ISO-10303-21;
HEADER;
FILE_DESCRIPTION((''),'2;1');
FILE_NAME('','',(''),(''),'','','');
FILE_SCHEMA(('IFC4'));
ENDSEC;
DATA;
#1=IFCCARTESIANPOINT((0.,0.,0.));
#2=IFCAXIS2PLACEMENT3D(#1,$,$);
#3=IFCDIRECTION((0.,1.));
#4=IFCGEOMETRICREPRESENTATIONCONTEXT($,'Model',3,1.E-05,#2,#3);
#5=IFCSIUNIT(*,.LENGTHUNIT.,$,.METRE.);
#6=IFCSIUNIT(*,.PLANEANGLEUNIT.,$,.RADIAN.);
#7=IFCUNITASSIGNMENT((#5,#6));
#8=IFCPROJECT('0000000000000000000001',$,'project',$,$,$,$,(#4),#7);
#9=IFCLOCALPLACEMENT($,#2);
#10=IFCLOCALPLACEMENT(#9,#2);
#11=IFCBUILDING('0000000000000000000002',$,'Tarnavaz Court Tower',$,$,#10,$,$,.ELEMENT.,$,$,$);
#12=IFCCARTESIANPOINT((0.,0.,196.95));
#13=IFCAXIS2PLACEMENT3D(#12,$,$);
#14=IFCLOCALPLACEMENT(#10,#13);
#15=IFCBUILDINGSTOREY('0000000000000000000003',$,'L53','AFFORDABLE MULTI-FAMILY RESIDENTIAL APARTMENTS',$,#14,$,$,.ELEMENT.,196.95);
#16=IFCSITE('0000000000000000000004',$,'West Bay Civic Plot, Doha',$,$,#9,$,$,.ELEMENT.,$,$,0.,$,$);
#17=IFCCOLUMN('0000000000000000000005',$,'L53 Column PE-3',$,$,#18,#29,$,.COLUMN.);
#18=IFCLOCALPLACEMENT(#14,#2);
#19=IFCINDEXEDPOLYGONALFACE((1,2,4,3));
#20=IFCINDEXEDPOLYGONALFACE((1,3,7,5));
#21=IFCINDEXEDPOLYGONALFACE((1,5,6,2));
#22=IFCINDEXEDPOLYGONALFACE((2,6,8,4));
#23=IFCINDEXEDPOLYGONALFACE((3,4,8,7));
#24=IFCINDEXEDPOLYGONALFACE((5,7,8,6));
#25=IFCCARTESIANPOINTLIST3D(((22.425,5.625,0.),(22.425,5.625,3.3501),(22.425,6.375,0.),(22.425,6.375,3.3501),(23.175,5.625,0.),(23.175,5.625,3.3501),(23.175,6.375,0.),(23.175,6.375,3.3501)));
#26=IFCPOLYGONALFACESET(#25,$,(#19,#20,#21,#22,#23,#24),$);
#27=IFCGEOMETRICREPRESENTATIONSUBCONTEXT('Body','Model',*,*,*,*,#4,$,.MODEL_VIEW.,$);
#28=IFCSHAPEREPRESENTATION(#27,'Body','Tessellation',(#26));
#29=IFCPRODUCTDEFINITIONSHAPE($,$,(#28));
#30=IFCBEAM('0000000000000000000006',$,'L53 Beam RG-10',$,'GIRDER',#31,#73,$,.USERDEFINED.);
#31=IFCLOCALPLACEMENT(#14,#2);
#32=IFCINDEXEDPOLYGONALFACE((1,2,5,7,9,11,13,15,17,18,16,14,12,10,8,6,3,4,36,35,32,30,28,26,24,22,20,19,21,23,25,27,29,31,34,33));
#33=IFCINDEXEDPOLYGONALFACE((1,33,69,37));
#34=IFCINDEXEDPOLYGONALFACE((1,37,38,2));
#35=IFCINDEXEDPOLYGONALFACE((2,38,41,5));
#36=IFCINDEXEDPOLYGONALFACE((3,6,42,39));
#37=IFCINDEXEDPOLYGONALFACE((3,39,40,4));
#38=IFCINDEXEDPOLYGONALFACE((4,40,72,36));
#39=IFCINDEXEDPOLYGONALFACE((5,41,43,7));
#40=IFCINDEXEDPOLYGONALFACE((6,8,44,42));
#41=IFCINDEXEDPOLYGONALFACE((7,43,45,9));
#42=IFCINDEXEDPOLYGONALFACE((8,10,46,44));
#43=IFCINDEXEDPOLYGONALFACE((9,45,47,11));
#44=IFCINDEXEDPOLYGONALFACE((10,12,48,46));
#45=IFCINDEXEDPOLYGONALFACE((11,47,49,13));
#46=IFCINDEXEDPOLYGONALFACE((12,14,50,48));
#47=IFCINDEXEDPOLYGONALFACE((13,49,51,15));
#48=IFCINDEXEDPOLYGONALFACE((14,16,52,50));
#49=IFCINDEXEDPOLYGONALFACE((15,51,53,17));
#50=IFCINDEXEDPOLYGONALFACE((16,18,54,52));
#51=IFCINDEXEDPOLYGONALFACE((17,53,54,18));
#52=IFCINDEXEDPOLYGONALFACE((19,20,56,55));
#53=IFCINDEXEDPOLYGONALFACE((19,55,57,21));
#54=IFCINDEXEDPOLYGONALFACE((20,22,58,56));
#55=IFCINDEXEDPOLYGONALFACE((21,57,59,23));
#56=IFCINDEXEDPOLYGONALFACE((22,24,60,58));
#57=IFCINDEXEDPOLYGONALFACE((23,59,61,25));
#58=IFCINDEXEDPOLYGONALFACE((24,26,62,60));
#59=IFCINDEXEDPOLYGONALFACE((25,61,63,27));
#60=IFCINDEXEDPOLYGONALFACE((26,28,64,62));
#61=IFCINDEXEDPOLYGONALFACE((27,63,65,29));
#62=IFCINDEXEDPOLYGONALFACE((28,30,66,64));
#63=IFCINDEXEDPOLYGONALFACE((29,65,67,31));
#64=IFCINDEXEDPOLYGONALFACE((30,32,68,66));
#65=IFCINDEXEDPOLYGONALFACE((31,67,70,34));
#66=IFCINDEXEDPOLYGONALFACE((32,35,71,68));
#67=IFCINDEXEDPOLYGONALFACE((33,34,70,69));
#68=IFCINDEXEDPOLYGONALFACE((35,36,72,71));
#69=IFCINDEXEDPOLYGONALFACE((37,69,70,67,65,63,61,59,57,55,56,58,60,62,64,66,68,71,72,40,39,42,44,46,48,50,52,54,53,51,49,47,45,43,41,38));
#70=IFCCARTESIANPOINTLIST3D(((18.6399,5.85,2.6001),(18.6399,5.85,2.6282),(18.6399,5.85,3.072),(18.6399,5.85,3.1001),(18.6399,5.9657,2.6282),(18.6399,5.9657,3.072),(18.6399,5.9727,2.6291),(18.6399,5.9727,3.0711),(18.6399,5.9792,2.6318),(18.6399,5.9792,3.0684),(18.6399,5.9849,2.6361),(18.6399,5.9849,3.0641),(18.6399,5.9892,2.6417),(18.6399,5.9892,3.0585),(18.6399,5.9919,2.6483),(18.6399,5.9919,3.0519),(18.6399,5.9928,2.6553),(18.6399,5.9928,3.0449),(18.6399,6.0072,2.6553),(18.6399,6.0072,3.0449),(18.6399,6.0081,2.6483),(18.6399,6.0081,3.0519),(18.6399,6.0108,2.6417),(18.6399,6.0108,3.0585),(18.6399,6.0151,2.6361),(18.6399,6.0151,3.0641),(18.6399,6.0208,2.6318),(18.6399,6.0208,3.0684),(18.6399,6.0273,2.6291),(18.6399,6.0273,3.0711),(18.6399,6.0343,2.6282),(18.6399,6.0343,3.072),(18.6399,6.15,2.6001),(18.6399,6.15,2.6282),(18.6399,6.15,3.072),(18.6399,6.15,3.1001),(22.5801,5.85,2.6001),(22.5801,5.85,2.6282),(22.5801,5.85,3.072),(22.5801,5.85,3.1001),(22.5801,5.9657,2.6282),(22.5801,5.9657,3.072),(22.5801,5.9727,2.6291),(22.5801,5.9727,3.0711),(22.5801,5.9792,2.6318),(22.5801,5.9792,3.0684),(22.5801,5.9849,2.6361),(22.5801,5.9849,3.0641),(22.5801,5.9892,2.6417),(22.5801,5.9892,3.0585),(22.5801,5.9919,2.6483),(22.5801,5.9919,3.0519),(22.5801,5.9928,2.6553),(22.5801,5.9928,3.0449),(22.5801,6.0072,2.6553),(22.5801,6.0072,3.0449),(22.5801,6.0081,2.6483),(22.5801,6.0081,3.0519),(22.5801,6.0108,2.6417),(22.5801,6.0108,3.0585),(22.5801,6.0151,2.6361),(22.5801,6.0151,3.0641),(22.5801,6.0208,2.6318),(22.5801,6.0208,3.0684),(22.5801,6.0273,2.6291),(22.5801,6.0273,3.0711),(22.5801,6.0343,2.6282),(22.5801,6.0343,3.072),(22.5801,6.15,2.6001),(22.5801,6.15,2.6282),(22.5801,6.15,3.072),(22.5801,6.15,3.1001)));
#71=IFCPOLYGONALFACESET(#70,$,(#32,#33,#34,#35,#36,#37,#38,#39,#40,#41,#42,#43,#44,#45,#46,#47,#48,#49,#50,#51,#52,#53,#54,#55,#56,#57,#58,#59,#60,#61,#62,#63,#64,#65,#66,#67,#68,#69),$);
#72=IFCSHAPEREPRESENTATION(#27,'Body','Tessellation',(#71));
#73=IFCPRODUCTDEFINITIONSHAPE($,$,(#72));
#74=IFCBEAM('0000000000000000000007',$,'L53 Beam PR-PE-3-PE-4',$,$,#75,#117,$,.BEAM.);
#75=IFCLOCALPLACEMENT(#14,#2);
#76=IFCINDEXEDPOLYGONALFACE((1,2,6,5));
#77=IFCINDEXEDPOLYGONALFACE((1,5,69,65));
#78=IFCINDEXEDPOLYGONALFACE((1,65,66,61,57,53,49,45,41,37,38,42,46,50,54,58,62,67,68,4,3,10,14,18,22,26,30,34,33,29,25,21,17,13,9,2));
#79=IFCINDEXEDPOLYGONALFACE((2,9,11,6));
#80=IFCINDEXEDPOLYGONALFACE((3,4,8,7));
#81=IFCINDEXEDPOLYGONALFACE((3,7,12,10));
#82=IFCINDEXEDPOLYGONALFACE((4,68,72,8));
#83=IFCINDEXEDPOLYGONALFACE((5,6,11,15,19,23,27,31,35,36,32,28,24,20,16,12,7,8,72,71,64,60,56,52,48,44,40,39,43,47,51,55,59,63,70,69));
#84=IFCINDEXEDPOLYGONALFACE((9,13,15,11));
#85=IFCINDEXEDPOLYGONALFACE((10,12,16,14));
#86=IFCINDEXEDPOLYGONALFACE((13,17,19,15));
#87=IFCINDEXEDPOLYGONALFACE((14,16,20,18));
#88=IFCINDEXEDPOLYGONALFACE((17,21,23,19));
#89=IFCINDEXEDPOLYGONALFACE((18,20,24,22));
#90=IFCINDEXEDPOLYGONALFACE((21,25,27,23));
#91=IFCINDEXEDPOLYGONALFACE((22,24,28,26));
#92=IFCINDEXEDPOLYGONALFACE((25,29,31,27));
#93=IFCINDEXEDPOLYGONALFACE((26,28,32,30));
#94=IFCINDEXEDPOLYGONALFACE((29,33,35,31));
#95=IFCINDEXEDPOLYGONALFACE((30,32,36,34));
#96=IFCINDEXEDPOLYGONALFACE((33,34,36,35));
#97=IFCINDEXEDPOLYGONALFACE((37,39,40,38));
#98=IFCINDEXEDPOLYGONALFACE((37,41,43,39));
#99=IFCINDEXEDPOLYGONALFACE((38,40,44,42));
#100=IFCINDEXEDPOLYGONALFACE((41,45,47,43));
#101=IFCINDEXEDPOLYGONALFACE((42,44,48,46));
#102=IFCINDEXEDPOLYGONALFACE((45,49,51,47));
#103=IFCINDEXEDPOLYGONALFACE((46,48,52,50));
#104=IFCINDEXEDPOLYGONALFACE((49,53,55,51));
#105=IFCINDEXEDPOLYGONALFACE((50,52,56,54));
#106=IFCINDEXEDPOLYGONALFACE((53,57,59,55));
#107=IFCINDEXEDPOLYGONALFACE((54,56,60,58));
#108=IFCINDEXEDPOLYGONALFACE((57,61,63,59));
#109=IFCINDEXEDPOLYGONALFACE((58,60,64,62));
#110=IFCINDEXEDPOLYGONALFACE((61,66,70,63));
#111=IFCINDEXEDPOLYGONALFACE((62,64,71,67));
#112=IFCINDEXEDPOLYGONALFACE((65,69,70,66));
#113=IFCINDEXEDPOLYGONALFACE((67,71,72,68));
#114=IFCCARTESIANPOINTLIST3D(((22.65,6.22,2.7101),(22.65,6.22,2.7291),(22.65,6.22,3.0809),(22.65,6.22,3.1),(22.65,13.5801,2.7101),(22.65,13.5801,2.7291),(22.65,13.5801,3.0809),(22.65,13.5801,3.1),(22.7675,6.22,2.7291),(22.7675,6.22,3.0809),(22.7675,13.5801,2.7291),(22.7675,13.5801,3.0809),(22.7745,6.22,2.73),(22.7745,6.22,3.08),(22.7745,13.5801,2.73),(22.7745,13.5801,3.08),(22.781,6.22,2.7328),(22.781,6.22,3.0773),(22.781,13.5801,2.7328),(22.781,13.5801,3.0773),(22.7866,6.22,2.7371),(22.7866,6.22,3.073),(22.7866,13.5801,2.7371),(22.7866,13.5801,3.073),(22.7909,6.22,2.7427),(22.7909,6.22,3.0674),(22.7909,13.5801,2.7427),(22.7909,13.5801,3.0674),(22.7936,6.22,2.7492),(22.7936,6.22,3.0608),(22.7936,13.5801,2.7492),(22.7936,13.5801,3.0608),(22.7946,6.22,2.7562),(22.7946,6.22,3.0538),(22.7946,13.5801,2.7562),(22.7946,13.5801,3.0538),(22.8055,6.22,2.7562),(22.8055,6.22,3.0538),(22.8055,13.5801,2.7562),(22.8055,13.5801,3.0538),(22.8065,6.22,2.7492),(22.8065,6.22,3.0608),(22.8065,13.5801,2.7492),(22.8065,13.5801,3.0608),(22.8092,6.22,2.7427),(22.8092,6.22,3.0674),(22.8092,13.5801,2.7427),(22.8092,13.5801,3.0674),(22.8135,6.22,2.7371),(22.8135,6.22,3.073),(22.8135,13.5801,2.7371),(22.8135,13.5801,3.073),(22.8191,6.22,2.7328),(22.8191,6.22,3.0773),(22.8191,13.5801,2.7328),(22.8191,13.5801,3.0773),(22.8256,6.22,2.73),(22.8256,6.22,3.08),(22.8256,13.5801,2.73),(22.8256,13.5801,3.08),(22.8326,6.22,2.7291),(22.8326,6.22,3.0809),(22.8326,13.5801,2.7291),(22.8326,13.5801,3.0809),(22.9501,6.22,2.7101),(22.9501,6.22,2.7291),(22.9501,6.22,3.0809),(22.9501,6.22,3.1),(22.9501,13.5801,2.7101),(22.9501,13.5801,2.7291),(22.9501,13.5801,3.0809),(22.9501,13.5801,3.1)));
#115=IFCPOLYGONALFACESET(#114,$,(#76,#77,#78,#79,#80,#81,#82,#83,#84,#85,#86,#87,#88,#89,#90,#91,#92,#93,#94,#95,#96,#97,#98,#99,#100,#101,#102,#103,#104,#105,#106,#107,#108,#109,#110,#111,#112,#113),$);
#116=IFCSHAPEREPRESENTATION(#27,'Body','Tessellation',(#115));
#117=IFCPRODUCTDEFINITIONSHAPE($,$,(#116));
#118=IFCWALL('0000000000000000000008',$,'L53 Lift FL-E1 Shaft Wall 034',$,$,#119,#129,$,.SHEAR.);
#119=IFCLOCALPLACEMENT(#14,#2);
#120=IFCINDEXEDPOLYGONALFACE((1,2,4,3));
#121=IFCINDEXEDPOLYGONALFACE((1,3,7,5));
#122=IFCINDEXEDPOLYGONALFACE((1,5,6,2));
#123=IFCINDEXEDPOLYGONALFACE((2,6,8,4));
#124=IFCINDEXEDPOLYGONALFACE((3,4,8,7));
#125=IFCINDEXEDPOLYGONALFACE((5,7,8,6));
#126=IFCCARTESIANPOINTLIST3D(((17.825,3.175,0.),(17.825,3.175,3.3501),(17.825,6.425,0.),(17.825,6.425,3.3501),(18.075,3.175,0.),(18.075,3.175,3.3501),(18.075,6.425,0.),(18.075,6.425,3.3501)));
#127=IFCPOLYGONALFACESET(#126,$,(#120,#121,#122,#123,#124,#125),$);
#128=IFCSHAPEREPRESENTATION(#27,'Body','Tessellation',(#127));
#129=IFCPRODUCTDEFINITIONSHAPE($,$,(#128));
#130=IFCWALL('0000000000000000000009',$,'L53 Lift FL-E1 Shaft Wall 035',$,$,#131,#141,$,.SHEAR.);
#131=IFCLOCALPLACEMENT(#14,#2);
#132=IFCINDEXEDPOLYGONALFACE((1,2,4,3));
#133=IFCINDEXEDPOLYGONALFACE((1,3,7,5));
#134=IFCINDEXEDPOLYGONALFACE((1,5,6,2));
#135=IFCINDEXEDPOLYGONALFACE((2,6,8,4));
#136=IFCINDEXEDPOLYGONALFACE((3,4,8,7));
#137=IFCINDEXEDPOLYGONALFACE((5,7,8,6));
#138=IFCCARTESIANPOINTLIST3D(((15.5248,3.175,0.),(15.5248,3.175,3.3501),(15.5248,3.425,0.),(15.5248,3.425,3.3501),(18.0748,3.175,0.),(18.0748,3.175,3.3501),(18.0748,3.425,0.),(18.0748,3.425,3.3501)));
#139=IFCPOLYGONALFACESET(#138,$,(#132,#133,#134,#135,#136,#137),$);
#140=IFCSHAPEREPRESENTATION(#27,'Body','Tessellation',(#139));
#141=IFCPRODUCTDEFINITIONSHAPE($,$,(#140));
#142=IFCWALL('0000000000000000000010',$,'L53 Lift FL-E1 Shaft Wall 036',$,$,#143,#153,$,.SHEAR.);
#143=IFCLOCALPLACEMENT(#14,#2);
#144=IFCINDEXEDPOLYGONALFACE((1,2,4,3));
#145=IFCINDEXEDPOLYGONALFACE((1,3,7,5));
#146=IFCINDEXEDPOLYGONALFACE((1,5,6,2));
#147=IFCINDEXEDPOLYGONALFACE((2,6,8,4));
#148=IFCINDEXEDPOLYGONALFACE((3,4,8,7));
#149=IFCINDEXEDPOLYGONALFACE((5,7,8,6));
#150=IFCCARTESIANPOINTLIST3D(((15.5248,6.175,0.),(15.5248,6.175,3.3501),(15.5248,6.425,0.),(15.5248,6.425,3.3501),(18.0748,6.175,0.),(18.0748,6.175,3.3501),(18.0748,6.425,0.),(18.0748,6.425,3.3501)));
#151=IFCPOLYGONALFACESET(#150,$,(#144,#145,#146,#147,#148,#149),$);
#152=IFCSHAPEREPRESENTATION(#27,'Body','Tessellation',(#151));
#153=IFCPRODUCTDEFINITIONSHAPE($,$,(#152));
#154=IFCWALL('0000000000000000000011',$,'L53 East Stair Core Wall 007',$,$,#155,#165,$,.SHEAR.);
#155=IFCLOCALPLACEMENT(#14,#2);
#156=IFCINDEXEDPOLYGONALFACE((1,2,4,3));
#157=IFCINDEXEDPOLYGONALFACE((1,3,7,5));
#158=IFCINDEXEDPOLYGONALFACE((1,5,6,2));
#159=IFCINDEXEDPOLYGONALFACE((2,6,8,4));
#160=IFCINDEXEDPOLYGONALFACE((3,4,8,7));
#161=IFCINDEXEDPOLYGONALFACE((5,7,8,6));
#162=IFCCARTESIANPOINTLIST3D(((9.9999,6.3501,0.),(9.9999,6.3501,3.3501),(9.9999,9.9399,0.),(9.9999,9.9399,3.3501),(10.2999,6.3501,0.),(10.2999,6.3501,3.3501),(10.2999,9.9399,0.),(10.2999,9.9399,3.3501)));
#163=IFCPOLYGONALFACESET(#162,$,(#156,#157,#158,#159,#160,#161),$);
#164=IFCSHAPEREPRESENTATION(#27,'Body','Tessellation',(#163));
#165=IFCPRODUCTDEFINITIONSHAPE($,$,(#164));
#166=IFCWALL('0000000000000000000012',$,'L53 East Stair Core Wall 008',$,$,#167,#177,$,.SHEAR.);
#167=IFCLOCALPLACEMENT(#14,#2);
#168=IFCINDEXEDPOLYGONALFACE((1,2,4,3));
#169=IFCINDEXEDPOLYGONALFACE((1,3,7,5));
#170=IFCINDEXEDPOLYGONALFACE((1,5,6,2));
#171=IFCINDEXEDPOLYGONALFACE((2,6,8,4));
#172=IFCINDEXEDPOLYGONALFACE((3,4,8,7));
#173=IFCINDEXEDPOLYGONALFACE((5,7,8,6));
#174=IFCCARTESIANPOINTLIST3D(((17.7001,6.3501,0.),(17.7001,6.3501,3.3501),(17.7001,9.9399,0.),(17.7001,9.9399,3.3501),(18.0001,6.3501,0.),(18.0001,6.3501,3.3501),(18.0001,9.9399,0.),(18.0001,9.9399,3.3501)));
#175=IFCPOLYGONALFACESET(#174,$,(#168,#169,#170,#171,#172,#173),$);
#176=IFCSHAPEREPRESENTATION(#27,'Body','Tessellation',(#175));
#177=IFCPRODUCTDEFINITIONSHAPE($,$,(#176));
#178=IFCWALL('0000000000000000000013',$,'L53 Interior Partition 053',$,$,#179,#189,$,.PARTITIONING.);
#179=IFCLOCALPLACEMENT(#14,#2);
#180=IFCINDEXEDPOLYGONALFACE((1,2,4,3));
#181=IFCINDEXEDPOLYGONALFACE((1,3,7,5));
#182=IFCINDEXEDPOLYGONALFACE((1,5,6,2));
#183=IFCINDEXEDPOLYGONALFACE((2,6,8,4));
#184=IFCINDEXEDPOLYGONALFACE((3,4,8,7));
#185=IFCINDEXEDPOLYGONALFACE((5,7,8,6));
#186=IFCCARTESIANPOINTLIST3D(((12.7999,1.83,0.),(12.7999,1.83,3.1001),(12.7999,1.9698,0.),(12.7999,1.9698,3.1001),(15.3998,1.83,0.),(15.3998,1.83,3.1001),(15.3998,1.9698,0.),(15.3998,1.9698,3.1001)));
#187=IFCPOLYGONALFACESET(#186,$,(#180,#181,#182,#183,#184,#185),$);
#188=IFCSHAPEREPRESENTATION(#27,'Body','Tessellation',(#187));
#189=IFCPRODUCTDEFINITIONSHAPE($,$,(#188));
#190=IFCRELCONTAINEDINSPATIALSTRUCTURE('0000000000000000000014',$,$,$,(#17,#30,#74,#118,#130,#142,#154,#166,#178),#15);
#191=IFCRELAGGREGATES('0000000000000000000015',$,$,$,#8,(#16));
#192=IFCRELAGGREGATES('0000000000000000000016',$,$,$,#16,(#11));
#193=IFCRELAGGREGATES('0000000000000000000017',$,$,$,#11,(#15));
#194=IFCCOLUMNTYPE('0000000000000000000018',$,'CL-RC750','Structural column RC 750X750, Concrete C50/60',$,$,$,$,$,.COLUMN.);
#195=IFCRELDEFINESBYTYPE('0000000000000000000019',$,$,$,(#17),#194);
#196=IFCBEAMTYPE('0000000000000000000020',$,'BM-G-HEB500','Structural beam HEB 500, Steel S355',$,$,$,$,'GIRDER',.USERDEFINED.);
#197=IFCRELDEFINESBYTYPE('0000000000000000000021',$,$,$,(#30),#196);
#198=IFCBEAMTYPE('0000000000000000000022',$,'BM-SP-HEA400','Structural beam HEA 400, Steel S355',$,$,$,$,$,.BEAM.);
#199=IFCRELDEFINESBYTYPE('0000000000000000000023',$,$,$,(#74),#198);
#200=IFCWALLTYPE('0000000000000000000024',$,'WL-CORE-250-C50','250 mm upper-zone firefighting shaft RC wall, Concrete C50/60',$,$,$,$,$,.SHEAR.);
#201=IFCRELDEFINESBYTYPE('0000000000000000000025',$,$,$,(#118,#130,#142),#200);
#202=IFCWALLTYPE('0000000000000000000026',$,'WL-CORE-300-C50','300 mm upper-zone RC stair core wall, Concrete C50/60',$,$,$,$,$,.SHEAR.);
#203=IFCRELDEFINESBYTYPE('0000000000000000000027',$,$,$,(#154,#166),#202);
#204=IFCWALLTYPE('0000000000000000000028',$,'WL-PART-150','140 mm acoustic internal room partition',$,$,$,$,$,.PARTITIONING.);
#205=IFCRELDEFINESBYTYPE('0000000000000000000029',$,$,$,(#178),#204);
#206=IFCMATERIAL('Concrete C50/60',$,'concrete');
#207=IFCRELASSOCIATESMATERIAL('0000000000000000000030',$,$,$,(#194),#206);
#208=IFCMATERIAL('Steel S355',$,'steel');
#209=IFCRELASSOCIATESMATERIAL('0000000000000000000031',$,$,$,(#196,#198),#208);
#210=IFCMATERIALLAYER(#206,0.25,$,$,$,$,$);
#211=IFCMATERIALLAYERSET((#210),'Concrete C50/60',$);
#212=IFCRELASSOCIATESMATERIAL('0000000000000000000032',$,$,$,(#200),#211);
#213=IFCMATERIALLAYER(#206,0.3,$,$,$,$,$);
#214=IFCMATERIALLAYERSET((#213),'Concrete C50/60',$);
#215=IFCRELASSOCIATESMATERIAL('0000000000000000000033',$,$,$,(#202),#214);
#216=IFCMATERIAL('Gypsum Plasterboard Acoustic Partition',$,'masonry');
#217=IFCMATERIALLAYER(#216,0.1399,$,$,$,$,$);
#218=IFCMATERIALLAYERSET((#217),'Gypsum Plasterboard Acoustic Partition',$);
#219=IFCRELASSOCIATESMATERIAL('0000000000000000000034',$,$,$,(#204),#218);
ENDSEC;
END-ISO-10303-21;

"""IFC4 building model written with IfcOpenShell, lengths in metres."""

from ifc_helpers import new_model, si_unit, direction, frame, frame_2d, origin, origin_2d, place, context, subcontext, project, spatial, rectangle, i_section, extrude, material, layer, layer_set, material_profile, profile_set, type_object, element, save


model = new_model("IFC4")

# Units and contexts
model_context = context("Model", 3, precision=1e-05, world=origin(), true_north=direction((0.0, 1.0)))
body_context = subcontext(model_context, "Body", "Model", "MODEL_VIEW")
ifc_project = project(units=[si_unit("LENGTHUNIT", "METRE"), si_unit("PLANEANGLEUNIT", "RADIAN")], contexts=[model_context])

# Site, building, storey
site_placement = place(None, origin())
site = spatial("IfcSite", under=ifc_project, at=site_placement, Name="West Bay Civic Plot, Doha", CompositionType="ELEMENT", RefElevation=0.0)
building_placement = place(site_placement, origin())
building = spatial("IfcBuilding", under=site, at=building_placement, Name="Tarnavaz Court Tower", CompositionType="ELEMENT")
storey_placement = place(building_placement, frame((0.0, 0.0, 196.95)))
storey = spatial("IfcBuildingStorey", under=building, at=storey_placement, Name="L53", Description="AFFORDABLE MULTI-FAMILY RESIDENTIAL APARTMENTS", CompositionType="ELEMENT", Elevation=196.95)

# Column
ifc_material_1 = material(Name="Concrete C50/60", Category="concrete")
ifc_material_profile_1 = material_profile(ifc_material_1, rectangle(XDim=0.75, YDim=0.75, at=origin_2d()), Name="RC 750X750")
ifc_profile_set_1 = profile_set([ifc_material_profile_1], Name="Concrete C50/60")
column_type = type_object("IfcColumnType", Name="CL-RC750", Description="Structural column RC 750X750, Concrete C50/60", PredefinedType="COLUMN", material=ifc_profile_set_1)
column_placement = place(storey_placement, frame((22.8, 6.0, 0.0), z_axis=(0.0, 0.0, 1.0), x_axis=(1.0, 0.0, 0.0)))
element("IfcColumn", 1, at=column_placement, inside=storey, type_object=column_type, Name="L53 Column PE-3", PredefinedType="COLUMN", context=body_context, shape_type="SweptSolid", body=[
    extrude(rectangle(XDim=0.75, YDim=0.75, at=origin_2d()), origin(), (0.0, 0.0, 1.0), 3.3501),
])

# Beams
ifc_material_2 = material(Name="Steel S355", Category="steel")
ifc_material_profile_2 = material_profile(ifc_material_2, i_section(OverallWidth=0.3, OverallDepth=0.5, WebThickness=0.0144, FlangeThickness=0.0281, FilletRadius=0.0271, at=origin_2d()), Name="HEB 500")
ifc_profile_set_2 = profile_set([ifc_material_profile_2], Name="Steel S355")
beam_type_1 = type_object("IfcBeamType", Name="BM-G-HEB500", Description="Structural beam HEB 500, Steel S355", ElementType="GIRDER", PredefinedType="USERDEFINED", material=ifc_profile_set_2)
beam_1_placement = place(storey_placement, frame((18.6399, 6.0, 2.8501), z_axis=(1.0, 0.0, 0.0), x_axis=(0.0, 1.0, 0.0)))
element("IfcBeam", 2, at=beam_1_placement, inside=storey, type_object=beam_type_1, Name="L53 Beam RG-10", ObjectType="GIRDER", PredefinedType="USERDEFINED", context=body_context, shape_type="SweptSolid", body=[
    extrude(i_section(OverallWidth=0.3, OverallDepth=0.5, WebThickness=0.0144, FlangeThickness=0.0281, FilletRadius=0.0271, at=origin_2d()), origin(), (0.0, 0.0, 1.0), 3.9402),
])
ifc_material_profile_3 = material_profile(ifc_material_2, i_section(OverallWidth=0.3, OverallDepth=0.3899, WebThickness=0.011, FlangeThickness=0.019, FilletRadius=0.0271, at=origin_2d()), Name="HEA 400")
ifc_profile_set_3 = profile_set([ifc_material_profile_3], Name="Steel S355")
beam_type_2 = type_object("IfcBeamType", Name="BM-SP-HEA400", Description="Structural beam HEA 400, Steel S355", PredefinedType="BEAM", material=ifc_profile_set_3)
beam_2_placement = place(storey_placement, frame((22.8, 6.22, 2.905), z_axis=(0.0, 1.0, 0.0), x_axis=(-1.0, 0.0, 0.0)))
element("IfcBeam", 3, at=beam_2_placement, inside=storey, type_object=beam_type_2, Name="L53 Beam PR-PE-3-PE-4", PredefinedType="BEAM", context=body_context, shape_type="SweptSolid", body=[
    extrude(i_section(OverallWidth=0.3, OverallDepth=0.3899, WebThickness=0.011, FlangeThickness=0.019, FilletRadius=0.0271, at=origin_2d()), origin(), (0.0, 0.0, 1.0), 7.3601),
])

# Shared definitions
ifc_layer_1 = layer(ifc_material_1, 0.25)
ifc_layer_set_1 = layer_set([ifc_layer_1], Name="Concrete C50/60")
wall_type_1 = type_object("IfcWallType", Name="WL-CORE-250-C50", Description="250 mm upper-zone firefighting shaft RC wall, Concrete C50/60", PredefinedType="SHEAR", material=ifc_layer_set_1)

# Walls
wall_1_placement = place(storey_placement, frame((17.95, 3.175, 0.0), z_axis=(0.0, 0.0, 1.0), x_axis=(0.0, 1.0, 0.0)))
element("IfcWall", 4, at=wall_1_placement, inside=storey, type_object=wall_type_1, Name="L53 Lift FL-E1 Shaft Wall 034", PredefinedType="SHEAR", context=body_context, shape_type="SweptSolid", body=[
    extrude(rectangle(XDim=3.25, YDim=0.25, at=frame_2d((1.625, 0.0))), origin(), (0.0, 0.0, 1.0), 3.3501),
])
for number, where, z_axis, x_axis, name in (
    (5, (15.5249, 3.3, 0.0), (0.0, 0.0, 1.0), (1.0, 0.0, 0.0), "L53 Lift FL-E1 Shaft Wall 035"),
    (6, (15.5249, 6.3, 0.0), (0.0, 0.0, 1.0), (1.0, 0.0, 0.0), "L53 Lift FL-E1 Shaft Wall 036"),
):
    element("IfcWall", number, at=place(storey_placement, frame(where, z_axis=z_axis, x_axis=x_axis)), inside=storey, type_object=wall_type_1, Name=name, PredefinedType="SHEAR", context=body_context, shape_type="SweptSolid", body=[
        extrude(rectangle(XDim=2.55, YDim=0.25, at=frame_2d((1.2749, 0.0))), origin(), (0.0, 0.0, 1.0), 3.3501),
    ])
ifc_layer_2 = layer(ifc_material_1, 0.3)
ifc_layer_set_2 = layer_set([ifc_layer_2], Name="Concrete C50/60")
wall_type_2 = type_object("IfcWallType", Name="WL-CORE-300-C50", Description="300 mm upper-zone RC stair core wall, Concrete C50/60", PredefinedType="SHEAR", material=ifc_layer_set_2)
for number, where, z_axis, x_axis, name in (
    (7, (10.1499, 6.3501, 0.0), (0.0, 0.0, 1.0), (0.0, 1.0, 0.0), "L53 East Stair Core Wall 007"),
    (8, (17.8501, 6.3501, 0.0), (0.0, 0.0, 1.0), (0.0, 1.0, 0.0), "L53 East Stair Core Wall 008"),
):
    element("IfcWall", number, at=place(storey_placement, frame(where, z_axis=z_axis, x_axis=x_axis)), inside=storey, type_object=wall_type_2, Name=name, PredefinedType="SHEAR", context=body_context, shape_type="SweptSolid", body=[
        extrude(rectangle(XDim=3.5898, YDim=0.3, at=frame_2d((1.7949, 0.0))), origin(), (0.0, 0.0, 1.0), 3.3501),
    ])

# Wall
ifc_material_3 = material(Name="Gypsum Plasterboard Acoustic Partition", Category="masonry")
ifc_layer_3 = layer(ifc_material_3, 0.1399)
ifc_layer_set_3 = layer_set([ifc_layer_3], Name="Gypsum Plasterboard Acoustic Partition")
wall_type_3 = type_object("IfcWallType", Name="WL-PART-150", Description="140 mm acoustic internal room partition", PredefinedType="PARTITIONING", material=ifc_layer_set_3)
wall_2_placement = place(storey_placement, frame((12.8, 1.8999, 0.0), z_axis=(0.0, 0.0, 1.0), x_axis=(1.0, 0.0, 0.0)))
element("IfcWall", 9, at=wall_2_placement, inside=storey, type_object=wall_type_3, Name="L53 Interior Partition 053", PredefinedType="PARTITIONING", context=body_context, shape_type="SweptSolid", body=[
    extrude(rectangle(XDim=2.5999, YDim=0.1399, at=frame_2d((1.2998, 0.0))), origin(), (0.0, 0.0, 1.0), 3.1001),
])

save(model, "model.ifc")
